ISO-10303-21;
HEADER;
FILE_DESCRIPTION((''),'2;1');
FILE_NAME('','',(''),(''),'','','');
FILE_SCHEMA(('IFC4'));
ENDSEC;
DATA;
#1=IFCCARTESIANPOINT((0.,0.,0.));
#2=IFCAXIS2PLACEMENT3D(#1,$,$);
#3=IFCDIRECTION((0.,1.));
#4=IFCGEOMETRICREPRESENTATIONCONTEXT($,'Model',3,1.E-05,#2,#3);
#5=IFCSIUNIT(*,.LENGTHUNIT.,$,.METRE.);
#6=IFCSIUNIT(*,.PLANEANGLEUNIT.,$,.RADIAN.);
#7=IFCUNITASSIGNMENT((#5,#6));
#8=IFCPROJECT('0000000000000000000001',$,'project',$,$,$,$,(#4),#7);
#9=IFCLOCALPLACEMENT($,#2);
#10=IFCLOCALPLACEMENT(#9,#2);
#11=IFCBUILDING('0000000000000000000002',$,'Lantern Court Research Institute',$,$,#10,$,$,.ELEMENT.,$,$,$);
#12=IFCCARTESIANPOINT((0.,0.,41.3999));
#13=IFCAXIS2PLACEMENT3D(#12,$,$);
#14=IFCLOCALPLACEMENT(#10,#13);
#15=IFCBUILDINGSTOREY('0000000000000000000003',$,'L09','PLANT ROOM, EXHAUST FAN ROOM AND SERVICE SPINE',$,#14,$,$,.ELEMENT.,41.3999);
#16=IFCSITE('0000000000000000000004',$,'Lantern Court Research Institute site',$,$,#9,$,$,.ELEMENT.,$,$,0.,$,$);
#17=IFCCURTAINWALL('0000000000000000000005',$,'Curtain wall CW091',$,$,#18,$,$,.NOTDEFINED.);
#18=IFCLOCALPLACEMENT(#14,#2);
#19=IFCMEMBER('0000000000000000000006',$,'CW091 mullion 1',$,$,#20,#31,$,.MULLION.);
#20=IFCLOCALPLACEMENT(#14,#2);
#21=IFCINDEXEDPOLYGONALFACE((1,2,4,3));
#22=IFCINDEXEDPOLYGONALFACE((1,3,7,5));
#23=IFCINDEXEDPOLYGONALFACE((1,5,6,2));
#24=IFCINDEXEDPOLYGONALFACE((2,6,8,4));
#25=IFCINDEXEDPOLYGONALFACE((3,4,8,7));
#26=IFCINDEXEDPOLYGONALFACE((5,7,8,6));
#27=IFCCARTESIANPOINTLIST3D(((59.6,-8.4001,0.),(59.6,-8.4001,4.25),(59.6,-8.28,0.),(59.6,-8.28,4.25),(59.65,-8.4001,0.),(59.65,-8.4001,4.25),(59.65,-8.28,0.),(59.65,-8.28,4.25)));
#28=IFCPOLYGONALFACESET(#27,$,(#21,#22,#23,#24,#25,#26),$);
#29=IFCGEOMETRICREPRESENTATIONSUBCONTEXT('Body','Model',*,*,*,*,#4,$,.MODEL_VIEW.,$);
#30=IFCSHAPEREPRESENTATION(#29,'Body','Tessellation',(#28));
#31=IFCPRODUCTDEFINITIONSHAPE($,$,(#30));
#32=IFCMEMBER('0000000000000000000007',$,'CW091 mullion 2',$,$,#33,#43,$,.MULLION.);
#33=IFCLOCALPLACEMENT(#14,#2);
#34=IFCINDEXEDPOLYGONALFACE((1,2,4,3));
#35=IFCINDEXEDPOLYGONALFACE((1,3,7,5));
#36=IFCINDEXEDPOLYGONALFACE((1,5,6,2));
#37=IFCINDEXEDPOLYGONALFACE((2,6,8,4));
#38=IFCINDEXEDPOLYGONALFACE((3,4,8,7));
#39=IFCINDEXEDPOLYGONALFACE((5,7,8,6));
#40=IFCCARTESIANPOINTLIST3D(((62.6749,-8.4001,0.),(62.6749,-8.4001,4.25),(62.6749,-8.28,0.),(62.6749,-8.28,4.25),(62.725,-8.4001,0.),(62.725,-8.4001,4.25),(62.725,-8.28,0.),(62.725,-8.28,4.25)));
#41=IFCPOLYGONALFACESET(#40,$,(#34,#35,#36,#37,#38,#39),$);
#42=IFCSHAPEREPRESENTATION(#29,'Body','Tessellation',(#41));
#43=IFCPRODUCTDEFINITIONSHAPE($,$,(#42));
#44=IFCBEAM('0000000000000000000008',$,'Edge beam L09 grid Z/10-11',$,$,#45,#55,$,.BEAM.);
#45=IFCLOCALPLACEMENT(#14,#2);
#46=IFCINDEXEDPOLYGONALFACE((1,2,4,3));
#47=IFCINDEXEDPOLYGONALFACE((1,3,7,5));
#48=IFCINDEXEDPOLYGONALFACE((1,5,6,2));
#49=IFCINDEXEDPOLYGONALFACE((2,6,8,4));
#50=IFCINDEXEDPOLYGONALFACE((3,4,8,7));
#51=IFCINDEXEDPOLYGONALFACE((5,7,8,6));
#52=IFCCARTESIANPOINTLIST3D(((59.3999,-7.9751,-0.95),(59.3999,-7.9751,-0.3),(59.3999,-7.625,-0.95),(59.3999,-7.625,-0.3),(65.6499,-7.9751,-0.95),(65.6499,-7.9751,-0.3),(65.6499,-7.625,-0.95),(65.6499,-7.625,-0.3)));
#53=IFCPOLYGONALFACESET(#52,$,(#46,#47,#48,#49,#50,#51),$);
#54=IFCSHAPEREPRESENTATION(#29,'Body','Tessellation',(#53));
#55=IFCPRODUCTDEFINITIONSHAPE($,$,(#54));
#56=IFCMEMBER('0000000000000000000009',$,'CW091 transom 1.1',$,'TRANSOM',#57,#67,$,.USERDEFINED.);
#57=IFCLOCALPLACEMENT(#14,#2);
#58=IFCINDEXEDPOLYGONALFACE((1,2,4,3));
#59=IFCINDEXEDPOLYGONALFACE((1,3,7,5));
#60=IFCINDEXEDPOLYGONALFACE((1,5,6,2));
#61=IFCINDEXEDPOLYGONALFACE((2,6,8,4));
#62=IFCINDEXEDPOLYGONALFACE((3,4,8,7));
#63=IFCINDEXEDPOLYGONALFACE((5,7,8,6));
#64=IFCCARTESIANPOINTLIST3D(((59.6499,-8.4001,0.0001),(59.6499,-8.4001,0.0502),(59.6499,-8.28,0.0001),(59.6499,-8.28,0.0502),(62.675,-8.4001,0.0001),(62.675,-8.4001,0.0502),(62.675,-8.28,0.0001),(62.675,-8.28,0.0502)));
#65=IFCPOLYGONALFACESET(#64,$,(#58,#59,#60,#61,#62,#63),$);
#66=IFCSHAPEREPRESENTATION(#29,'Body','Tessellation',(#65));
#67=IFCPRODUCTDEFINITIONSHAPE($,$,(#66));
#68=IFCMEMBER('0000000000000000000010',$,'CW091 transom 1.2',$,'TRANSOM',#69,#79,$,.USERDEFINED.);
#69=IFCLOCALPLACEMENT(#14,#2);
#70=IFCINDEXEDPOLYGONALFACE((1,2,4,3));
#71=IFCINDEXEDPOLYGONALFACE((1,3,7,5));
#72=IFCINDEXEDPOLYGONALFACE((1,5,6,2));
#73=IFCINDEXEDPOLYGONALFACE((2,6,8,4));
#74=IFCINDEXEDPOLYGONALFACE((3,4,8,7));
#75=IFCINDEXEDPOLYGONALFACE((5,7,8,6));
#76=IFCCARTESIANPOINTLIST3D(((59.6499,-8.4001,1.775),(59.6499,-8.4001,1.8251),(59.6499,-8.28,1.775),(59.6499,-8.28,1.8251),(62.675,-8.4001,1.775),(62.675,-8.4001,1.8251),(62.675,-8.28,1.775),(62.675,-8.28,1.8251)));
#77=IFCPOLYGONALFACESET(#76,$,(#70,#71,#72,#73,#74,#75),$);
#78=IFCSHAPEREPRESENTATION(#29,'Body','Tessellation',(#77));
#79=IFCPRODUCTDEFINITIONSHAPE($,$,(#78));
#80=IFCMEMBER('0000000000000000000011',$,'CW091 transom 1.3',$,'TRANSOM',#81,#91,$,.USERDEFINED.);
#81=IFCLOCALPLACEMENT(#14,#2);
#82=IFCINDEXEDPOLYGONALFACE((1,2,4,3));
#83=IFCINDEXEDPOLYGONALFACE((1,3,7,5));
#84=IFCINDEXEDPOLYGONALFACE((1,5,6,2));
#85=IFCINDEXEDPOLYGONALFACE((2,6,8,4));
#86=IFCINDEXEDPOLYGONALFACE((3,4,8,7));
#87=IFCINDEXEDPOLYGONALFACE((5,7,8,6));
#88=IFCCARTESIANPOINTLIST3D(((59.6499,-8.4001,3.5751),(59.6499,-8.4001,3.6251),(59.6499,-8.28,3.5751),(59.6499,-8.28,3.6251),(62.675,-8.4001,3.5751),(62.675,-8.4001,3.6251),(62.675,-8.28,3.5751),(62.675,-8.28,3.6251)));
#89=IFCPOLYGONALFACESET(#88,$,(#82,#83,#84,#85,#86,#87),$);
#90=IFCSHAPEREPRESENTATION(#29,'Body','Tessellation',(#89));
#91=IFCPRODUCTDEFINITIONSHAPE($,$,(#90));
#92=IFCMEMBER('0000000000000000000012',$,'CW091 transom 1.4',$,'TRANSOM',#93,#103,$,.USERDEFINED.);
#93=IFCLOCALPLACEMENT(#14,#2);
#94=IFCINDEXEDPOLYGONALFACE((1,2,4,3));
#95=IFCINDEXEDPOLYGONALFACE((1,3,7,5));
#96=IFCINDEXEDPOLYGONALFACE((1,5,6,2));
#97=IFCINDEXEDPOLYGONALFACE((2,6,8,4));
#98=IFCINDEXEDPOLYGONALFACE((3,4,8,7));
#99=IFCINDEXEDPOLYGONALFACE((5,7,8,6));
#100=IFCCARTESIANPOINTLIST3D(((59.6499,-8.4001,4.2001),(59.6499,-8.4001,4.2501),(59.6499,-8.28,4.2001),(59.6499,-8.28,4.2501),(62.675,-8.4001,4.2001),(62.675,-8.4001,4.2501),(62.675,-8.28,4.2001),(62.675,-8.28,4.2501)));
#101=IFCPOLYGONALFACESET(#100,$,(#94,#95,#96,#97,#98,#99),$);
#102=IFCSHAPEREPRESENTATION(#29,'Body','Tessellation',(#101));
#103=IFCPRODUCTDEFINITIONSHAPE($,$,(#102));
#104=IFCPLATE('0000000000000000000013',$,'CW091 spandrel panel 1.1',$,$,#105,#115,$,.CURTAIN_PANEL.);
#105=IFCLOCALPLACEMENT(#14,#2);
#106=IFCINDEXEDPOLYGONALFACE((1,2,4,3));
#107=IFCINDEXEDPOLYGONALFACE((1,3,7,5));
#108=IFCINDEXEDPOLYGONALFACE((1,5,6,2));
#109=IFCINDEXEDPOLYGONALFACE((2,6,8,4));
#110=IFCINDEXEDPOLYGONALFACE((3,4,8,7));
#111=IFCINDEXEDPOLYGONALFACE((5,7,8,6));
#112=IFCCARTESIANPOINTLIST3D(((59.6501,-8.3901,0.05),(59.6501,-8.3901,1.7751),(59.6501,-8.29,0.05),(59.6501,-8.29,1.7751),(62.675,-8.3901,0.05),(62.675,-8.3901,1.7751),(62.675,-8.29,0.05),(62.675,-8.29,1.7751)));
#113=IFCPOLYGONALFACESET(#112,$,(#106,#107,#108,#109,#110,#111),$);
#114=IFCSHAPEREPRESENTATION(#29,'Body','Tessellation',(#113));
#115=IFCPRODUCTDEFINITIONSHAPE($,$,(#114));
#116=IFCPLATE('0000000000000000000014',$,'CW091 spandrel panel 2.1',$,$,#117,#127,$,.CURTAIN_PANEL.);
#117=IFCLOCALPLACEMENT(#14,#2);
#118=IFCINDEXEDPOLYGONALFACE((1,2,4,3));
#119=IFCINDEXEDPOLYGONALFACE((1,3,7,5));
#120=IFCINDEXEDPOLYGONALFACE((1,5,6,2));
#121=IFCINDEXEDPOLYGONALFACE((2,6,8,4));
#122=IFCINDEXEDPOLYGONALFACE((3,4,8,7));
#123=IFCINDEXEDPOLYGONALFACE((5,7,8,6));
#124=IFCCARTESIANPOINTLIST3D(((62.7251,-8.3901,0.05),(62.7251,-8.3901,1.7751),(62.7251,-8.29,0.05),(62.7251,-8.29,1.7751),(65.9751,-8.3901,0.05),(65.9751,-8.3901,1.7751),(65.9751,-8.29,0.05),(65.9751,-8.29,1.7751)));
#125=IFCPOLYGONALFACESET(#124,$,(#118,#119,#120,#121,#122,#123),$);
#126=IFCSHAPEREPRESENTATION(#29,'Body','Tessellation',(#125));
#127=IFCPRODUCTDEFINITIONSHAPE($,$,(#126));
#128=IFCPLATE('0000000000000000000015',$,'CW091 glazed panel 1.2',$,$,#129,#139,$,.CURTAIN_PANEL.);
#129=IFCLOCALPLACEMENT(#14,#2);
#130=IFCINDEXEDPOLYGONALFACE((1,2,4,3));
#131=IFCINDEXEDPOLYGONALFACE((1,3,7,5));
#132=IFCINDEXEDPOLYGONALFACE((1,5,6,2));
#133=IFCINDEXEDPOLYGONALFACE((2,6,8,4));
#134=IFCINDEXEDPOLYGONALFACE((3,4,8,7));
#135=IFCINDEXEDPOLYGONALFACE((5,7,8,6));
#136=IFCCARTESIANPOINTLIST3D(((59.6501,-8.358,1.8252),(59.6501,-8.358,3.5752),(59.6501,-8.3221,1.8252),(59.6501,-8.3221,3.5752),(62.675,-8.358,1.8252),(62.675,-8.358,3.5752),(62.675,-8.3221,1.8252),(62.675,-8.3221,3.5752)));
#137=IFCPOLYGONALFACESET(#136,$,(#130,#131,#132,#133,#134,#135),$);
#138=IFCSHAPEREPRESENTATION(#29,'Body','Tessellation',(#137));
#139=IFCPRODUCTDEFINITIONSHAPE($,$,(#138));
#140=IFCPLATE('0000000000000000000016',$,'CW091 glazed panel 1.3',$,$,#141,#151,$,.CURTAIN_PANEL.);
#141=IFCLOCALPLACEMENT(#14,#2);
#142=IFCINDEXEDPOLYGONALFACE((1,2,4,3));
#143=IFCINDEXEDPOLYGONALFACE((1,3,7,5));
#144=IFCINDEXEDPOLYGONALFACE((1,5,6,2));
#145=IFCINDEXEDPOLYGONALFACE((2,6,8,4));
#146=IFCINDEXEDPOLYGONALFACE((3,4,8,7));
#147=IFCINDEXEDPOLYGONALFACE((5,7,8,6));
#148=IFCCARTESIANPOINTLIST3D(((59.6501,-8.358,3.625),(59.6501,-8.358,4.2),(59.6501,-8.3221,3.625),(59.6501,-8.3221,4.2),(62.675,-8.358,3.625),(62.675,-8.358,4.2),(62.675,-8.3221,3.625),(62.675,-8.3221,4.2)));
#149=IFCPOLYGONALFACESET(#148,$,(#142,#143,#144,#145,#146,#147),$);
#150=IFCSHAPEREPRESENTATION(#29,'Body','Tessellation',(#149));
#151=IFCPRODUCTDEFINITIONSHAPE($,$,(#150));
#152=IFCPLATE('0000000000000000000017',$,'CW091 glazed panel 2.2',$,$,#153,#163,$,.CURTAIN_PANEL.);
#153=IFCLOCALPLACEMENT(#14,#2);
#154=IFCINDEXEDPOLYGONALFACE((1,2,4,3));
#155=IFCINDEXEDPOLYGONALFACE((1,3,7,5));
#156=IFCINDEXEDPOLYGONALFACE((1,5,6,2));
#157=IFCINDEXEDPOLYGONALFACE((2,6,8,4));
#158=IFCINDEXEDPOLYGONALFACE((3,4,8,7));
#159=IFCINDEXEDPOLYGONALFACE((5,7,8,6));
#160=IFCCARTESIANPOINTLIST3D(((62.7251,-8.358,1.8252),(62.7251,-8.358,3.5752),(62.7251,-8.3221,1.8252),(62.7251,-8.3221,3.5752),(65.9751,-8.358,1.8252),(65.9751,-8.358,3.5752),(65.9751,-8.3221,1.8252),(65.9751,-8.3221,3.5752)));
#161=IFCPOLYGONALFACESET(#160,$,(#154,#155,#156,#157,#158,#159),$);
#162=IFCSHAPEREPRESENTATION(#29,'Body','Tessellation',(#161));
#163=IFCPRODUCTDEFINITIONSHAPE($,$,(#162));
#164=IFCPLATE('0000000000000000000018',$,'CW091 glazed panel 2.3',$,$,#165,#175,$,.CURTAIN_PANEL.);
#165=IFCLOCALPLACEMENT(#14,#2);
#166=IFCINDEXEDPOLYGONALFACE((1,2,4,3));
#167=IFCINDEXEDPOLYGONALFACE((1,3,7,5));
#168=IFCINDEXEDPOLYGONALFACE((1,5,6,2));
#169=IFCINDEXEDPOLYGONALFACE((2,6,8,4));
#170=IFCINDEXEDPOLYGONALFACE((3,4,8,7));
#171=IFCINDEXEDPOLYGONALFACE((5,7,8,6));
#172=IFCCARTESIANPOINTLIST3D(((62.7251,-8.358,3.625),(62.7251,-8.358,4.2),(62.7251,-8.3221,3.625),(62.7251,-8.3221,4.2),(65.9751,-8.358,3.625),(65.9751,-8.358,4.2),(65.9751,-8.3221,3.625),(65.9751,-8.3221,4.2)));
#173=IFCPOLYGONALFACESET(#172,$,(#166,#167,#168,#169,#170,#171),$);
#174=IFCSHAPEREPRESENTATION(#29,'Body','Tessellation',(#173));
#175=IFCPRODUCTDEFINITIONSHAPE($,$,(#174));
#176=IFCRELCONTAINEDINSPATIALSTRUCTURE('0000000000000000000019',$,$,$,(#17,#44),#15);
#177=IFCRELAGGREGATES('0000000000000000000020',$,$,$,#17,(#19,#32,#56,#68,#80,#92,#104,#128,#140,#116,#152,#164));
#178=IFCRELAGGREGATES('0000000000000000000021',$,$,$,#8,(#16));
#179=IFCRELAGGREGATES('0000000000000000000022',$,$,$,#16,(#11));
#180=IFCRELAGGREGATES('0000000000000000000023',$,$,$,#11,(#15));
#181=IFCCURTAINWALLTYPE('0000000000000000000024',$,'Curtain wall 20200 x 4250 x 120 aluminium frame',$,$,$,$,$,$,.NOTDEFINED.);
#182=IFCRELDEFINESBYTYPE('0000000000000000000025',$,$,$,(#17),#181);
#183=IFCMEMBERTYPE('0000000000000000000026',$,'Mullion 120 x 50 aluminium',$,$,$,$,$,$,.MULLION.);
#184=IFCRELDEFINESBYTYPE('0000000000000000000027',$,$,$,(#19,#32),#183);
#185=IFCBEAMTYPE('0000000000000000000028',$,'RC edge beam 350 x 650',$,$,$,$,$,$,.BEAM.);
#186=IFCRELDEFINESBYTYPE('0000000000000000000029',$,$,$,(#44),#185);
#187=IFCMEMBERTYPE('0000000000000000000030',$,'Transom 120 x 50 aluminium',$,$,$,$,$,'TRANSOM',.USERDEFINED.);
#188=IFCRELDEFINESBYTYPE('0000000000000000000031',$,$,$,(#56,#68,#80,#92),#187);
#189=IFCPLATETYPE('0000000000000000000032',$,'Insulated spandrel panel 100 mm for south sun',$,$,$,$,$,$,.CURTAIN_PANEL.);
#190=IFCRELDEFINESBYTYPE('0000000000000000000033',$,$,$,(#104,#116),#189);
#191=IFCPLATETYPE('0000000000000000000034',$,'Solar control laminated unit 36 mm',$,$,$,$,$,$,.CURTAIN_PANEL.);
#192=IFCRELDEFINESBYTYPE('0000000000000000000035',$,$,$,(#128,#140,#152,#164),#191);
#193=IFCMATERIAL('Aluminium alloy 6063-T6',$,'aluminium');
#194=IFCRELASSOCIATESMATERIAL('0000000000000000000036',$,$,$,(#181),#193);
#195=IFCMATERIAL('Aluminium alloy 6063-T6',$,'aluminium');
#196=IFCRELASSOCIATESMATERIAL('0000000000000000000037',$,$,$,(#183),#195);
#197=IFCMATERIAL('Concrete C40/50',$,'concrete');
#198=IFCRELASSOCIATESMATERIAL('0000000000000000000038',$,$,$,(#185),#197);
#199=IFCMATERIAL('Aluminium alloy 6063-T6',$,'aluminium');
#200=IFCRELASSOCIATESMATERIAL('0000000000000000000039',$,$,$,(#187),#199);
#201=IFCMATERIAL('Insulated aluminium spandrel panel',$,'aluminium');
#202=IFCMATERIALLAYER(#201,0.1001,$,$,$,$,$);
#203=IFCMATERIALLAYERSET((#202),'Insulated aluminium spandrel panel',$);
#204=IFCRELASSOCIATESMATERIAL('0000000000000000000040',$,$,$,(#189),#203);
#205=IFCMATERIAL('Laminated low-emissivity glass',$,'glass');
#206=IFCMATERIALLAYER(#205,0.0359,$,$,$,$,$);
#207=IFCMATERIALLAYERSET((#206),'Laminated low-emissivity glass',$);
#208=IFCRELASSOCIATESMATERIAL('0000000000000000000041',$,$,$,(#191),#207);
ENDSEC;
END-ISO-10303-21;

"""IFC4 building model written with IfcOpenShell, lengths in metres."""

from ifc_helpers import new_model, si_unit, direction, frame, origin, origin_2d, place, context, subcontext, project, spatial, rectangle, extrude, material, layer, layer_set, material_profile, profile_set, type_object, element, aggregate, save


model = new_model("IFC4")

# Units and contexts
model_context = context("Model", 3, precision=1e-05, world=origin(), true_north=direction((0.0, 1.0)))
body_context = subcontext(model_context, "Body", "Model", "MODEL_VIEW")
ifc_project = project(units=[si_unit("LENGTHUNIT", "METRE"), si_unit("PLANEANGLEUNIT", "RADIAN")], contexts=[model_context])

# Site, building, storey
site_placement = place(None, origin())
site = spatial("IfcSite", under=ifc_project, at=site_placement, Name="Lantern Court Research Institute site", CompositionType="ELEMENT", RefElevation=0.0)
building_placement = place(site_placement, origin())
building = spatial("IfcBuilding", under=site, at=building_placement, Name="Lantern Court Research Institute", CompositionType="ELEMENT")
storey_placement = place(building_placement, frame((0.0, 0.0, 41.3999)))
storey = spatial("IfcBuildingStorey", under=building, at=storey_placement, Name="L09", Description="PLANT ROOM, EXHAUST FAN ROOM AND SERVICE SPINE", CompositionType="ELEMENT", Elevation=41.3999)

# Curtain wall, members
ifc_material_1 = material(Name="Aluminium alloy 6063-T6", Category="aluminium")
curtain_wall_type = type_object("IfcCurtainWallType", Name="Curtain wall 20200 x 4250 x 120 aluminium frame", PredefinedType="NOTDEFINED", material=ifc_material_1)
curtain_wall_placement = place(storey_placement, origin())
curtain_wall = element("IfcCurtainWall", 1, at=curtain_wall_placement, inside=storey, type_object=curtain_wall_type, Name="Curtain wall CW091", PredefinedType="NOTDEFINED")
ifc_material_2 = material(Name="Aluminium alloy 6063-T6", Category="aluminium")
ifc_material_profile_1 = material_profile(ifc_material_2, rectangle(XDim=0.1201, YDim=0.05, at=origin_2d()), Name="Mullion 120 x 50")
ifc_profile_set_1 = profile_set([ifc_material_profile_1], Name="Aluminium alloy 6063-T6")
member_type_1 = type_object("IfcMemberType", Name="Mullion 120 x 50 aluminium", PredefinedType="MULLION", material=ifc_profile_set_1)
member_1_placement = place(storey_placement, frame((59.625, -8.3401, 0.0), z_axis=(0.0, 0.0, 1.0), x_axis=(0.0, -1.0, 0.0)))
member_1 = element("IfcMember", 2, at=member_1_placement, type_object=member_type_1, Name="CW091 mullion 1", PredefinedType="MULLION", context=body_context, shape_type="SweptSolid", body=[
    extrude(rectangle(XDim=0.1201, YDim=0.05, at=origin_2d()), origin(), (0.0, 0.0, 1.0), 4.25),
])
member_2_placement = place(storey_placement, frame((62.7, -8.3401, 0.0), z_axis=(0.0, 0.0, 1.0), x_axis=(0.0, -1.0, 0.0)))
member_2 = element("IfcMember", 3, at=member_2_placement, type_object=member_type_1, Name="CW091 mullion 2", PredefinedType="MULLION", context=body_context, shape_type="SweptSolid", body=[
    extrude(rectangle(XDim=0.1201, YDim=0.05, at=origin_2d()), origin(), (0.0, 0.0, 1.0), 4.25),
])

# Beam
ifc_material_3 = material(Name="Concrete C40/50", Category="concrete")
ifc_material_profile_2 = material_profile(ifc_material_3, rectangle(XDim=0.3501, YDim=0.6499, at=origin_2d()), Name="RC beam 350 x 650")
ifc_profile_set_2 = profile_set([ifc_material_profile_2], Name="Concrete C40/50")
beam_type = type_object("IfcBeamType", Name="RC edge beam 350 x 650", PredefinedType="BEAM", material=ifc_profile_set_2)
beam_placement = place(storey_placement, frame((59.3999, -7.8, -0.625), z_axis=(1.0, 0.0, 0.0), x_axis=(0.0, 1.0, 0.0)))
element("IfcBeam", 4, at=beam_placement, inside=storey, type_object=beam_type, Name="Edge beam L09 grid Z/10-11", PredefinedType="BEAM", context=body_context, shape_type="SweptSolid", body=[
    extrude(rectangle(XDim=0.3501, YDim=0.6499, at=origin_2d()), origin(), (0.0, 0.0, 1.0), 6.25),
])

# Members
ifc_material_4 = material(Name="Aluminium alloy 6063-T6", Category="aluminium")
ifc_material_profile_3 = material_profile(ifc_material_4, rectangle(XDim=0.1201, YDim=0.05, at=origin_2d()), Name="Transom 120 x 50")
ifc_profile_set_3 = profile_set([ifc_material_profile_3], Name="Aluminium alloy 6063-T6")
member_type_2 = type_object("IfcMemberType", Name="Transom 120 x 50 aluminium", ElementType="TRANSOM", PredefinedType="USERDEFINED", material=ifc_profile_set_3)
member_3_placement = place(storey_placement, frame((62.675, -8.3401, 0.0251), z_axis=(-1.0, 0.0, 0.0), x_axis=(0.0, -1.0, 0.0)))
member_3 = element("IfcMember", 5, at=member_3_placement, type_object=member_type_2, Name="CW091 transom 1.1", ObjectType="TRANSOM", PredefinedType="USERDEFINED", context=body_context, shape_type="SweptSolid", body=[
    extrude(rectangle(XDim=0.1201, YDim=0.05, at=origin_2d()), origin(), (0.0, 0.0, 1.0), 3.0251),
])
member_4_placement = place(storey_placement, frame((62.675, -8.3401, 1.8), z_axis=(-1.0, 0.0, 0.0), x_axis=(0.0, -1.0, 0.0)))
member_4 = element("IfcMember", 6, at=member_4_placement, type_object=member_type_2, Name="CW091 transom 1.2", ObjectType="TRANSOM", PredefinedType="USERDEFINED", context=body_context, shape_type="SweptSolid", body=[
    extrude(rectangle(XDim=0.1201, YDim=0.05, at=origin_2d()), origin(), (0.0, 0.0, 1.0), 3.0251),
])
member_5_placement = place(storey_placement, frame((62.675, -8.3401, 3.6001), z_axis=(-1.0, 0.0, 0.0), x_axis=(0.0, -1.0, 0.0)))
member_5 = element("IfcMember", 7, at=member_5_placement, type_object=member_type_2, Name="CW091 transom 1.3", ObjectType="TRANSOM", PredefinedType="USERDEFINED", context=body_context, shape_type="SweptSolid", body=[
    extrude(rectangle(XDim=0.1201, YDim=0.05, at=origin_2d()), origin(), (0.0, 0.0, 1.0), 3.0251),
])
member_6_placement = place(storey_placement, frame((62.675, -8.3401, 4.2251), z_axis=(-1.0, 0.0, 0.0), x_axis=(0.0, -1.0, 0.0)))
member_6 = element("IfcMember", 8, at=member_6_placement, type_object=member_type_2, Name="CW091 transom 1.4", ObjectType="TRANSOM", PredefinedType="USERDEFINED", context=body_context, shape_type="SweptSolid", body=[
    extrude(rectangle(XDim=0.1201, YDim=0.05, at=origin_2d()), origin(), (0.0, 0.0, 1.0), 3.0251),
])

# Plates
ifc_material_5 = material(Name="Insulated aluminium spandrel panel", Category="aluminium")
ifc_layer_1 = layer(ifc_material_5, 0.1001)
ifc_layer_set_1 = layer_set([ifc_layer_1], Name="Insulated aluminium spandrel panel")
plate_type_1 = type_object("IfcPlateType", Name="Insulated spandrel panel 100 mm for south sun", PredefinedType="CURTAIN_PANEL", material=ifc_layer_set_1)
plate_1_placement = place(storey_placement, frame((61.1626, -8.3401, 0.05), z_axis=(0.0, 0.0, 1.0), x_axis=(-1.0, 0.0, 0.0)))
plate_1 = element("IfcPlate", 9, at=plate_1_placement, type_object=plate_type_1, Name="CW091 spandrel panel 1.1", PredefinedType="CURTAIN_PANEL", context=body_context, shape_type="SweptSolid", body=[
    extrude(rectangle(XDim=3.0249, YDim=0.1001, at=origin_2d()), origin(), (0.0, 0.0, 1.0), 1.7251),
])
plate_2_placement = place(storey_placement, frame((64.3501, -8.3401, 0.05), z_axis=(0.0, 0.0, 1.0), x_axis=(-1.0, 0.0, 0.0)))
plate_2 = element("IfcPlate", 10, at=plate_2_placement, type_object=plate_type_1, Name="CW091 spandrel panel 2.1", PredefinedType="CURTAIN_PANEL", context=body_context, shape_type="SweptSolid", body=[
    extrude(rectangle(XDim=3.25, YDim=0.1001, at=origin_2d()), origin(), (0.0, 0.0, 1.0), 1.7251),
])
ifc_material_6 = material(Name="Laminated low-emissivity glass", Category="glass")
ifc_layer_2 = layer(ifc_material_6, 0.0359)
ifc_layer_set_2 = layer_set([ifc_layer_2], Name="Laminated low-emissivity glass")
plate_type_2 = type_object("IfcPlateType", Name="Solar control laminated unit 36 mm", PredefinedType="CURTAIN_PANEL", material=ifc_layer_set_2)
plate_3_placement = place(storey_placement, frame((61.1626, -8.3401, 1.8252), z_axis=(0.0, 0.0, 1.0), x_axis=(-1.0, 0.0, 0.0)))
plate_3 = element("IfcPlate", 11, at=plate_3_placement, type_object=plate_type_2, Name="CW091 glazed panel 1.2", PredefinedType="CURTAIN_PANEL", context=body_context, shape_type="SweptSolid", body=[
    extrude(rectangle(XDim=3.0249, YDim=0.0359, at=origin_2d()), origin(), (0.0, 0.0, 1.0), 1.75),
])
plate_4_placement = place(storey_placement, frame((61.1626, -8.3401, 3.625), z_axis=(0.0, 0.0, 1.0), x_axis=(-1.0, 0.0, 0.0)))
plate_4 = element("IfcPlate", 12, at=plate_4_placement, type_object=plate_type_2, Name="CW091 glazed panel 1.3", PredefinedType="CURTAIN_PANEL", context=body_context, shape_type="SweptSolid", body=[
    extrude(rectangle(XDim=3.0249, YDim=0.0359, at=origin_2d()), origin(), (0.0, 0.0, 1.0), 0.575),
])
plate_5_placement = place(storey_placement, frame((64.3501, -8.3401, 1.8252), z_axis=(0.0, 0.0, 1.0), x_axis=(-1.0, 0.0, 0.0)))
plate_5 = element("IfcPlate", 13, at=plate_5_placement, type_object=plate_type_2, Name="CW091 glazed panel 2.2", PredefinedType="CURTAIN_PANEL", context=body_context, shape_type="SweptSolid", body=[
    extrude(rectangle(XDim=3.25, YDim=0.0359, at=origin_2d()), origin(), (0.0, 0.0, 1.0), 1.75),
])
plate_6_placement = place(storey_placement, frame((64.3501, -8.3401, 3.625), z_axis=(0.0, 0.0, 1.0), x_axis=(-1.0, 0.0, 0.0)))
plate_6 = element("IfcPlate", 14, at=plate_6_placement, type_object=plate_type_2, Name="CW091 glazed panel 2.3", PredefinedType="CURTAIN_PANEL", context=body_context, shape_type="SweptSolid", body=[
    extrude(rectangle(XDim=3.25, YDim=0.0359, at=origin_2d()), origin(), (0.0, 0.0, 1.0), 0.575),
])
aggregate(curtain_wall, [member_1, member_2, member_3, member_4, member_5, member_6, plate_1, plate_3, plate_4, plate_2, plate_5, plate_6])

save(model, "model.ifc")
